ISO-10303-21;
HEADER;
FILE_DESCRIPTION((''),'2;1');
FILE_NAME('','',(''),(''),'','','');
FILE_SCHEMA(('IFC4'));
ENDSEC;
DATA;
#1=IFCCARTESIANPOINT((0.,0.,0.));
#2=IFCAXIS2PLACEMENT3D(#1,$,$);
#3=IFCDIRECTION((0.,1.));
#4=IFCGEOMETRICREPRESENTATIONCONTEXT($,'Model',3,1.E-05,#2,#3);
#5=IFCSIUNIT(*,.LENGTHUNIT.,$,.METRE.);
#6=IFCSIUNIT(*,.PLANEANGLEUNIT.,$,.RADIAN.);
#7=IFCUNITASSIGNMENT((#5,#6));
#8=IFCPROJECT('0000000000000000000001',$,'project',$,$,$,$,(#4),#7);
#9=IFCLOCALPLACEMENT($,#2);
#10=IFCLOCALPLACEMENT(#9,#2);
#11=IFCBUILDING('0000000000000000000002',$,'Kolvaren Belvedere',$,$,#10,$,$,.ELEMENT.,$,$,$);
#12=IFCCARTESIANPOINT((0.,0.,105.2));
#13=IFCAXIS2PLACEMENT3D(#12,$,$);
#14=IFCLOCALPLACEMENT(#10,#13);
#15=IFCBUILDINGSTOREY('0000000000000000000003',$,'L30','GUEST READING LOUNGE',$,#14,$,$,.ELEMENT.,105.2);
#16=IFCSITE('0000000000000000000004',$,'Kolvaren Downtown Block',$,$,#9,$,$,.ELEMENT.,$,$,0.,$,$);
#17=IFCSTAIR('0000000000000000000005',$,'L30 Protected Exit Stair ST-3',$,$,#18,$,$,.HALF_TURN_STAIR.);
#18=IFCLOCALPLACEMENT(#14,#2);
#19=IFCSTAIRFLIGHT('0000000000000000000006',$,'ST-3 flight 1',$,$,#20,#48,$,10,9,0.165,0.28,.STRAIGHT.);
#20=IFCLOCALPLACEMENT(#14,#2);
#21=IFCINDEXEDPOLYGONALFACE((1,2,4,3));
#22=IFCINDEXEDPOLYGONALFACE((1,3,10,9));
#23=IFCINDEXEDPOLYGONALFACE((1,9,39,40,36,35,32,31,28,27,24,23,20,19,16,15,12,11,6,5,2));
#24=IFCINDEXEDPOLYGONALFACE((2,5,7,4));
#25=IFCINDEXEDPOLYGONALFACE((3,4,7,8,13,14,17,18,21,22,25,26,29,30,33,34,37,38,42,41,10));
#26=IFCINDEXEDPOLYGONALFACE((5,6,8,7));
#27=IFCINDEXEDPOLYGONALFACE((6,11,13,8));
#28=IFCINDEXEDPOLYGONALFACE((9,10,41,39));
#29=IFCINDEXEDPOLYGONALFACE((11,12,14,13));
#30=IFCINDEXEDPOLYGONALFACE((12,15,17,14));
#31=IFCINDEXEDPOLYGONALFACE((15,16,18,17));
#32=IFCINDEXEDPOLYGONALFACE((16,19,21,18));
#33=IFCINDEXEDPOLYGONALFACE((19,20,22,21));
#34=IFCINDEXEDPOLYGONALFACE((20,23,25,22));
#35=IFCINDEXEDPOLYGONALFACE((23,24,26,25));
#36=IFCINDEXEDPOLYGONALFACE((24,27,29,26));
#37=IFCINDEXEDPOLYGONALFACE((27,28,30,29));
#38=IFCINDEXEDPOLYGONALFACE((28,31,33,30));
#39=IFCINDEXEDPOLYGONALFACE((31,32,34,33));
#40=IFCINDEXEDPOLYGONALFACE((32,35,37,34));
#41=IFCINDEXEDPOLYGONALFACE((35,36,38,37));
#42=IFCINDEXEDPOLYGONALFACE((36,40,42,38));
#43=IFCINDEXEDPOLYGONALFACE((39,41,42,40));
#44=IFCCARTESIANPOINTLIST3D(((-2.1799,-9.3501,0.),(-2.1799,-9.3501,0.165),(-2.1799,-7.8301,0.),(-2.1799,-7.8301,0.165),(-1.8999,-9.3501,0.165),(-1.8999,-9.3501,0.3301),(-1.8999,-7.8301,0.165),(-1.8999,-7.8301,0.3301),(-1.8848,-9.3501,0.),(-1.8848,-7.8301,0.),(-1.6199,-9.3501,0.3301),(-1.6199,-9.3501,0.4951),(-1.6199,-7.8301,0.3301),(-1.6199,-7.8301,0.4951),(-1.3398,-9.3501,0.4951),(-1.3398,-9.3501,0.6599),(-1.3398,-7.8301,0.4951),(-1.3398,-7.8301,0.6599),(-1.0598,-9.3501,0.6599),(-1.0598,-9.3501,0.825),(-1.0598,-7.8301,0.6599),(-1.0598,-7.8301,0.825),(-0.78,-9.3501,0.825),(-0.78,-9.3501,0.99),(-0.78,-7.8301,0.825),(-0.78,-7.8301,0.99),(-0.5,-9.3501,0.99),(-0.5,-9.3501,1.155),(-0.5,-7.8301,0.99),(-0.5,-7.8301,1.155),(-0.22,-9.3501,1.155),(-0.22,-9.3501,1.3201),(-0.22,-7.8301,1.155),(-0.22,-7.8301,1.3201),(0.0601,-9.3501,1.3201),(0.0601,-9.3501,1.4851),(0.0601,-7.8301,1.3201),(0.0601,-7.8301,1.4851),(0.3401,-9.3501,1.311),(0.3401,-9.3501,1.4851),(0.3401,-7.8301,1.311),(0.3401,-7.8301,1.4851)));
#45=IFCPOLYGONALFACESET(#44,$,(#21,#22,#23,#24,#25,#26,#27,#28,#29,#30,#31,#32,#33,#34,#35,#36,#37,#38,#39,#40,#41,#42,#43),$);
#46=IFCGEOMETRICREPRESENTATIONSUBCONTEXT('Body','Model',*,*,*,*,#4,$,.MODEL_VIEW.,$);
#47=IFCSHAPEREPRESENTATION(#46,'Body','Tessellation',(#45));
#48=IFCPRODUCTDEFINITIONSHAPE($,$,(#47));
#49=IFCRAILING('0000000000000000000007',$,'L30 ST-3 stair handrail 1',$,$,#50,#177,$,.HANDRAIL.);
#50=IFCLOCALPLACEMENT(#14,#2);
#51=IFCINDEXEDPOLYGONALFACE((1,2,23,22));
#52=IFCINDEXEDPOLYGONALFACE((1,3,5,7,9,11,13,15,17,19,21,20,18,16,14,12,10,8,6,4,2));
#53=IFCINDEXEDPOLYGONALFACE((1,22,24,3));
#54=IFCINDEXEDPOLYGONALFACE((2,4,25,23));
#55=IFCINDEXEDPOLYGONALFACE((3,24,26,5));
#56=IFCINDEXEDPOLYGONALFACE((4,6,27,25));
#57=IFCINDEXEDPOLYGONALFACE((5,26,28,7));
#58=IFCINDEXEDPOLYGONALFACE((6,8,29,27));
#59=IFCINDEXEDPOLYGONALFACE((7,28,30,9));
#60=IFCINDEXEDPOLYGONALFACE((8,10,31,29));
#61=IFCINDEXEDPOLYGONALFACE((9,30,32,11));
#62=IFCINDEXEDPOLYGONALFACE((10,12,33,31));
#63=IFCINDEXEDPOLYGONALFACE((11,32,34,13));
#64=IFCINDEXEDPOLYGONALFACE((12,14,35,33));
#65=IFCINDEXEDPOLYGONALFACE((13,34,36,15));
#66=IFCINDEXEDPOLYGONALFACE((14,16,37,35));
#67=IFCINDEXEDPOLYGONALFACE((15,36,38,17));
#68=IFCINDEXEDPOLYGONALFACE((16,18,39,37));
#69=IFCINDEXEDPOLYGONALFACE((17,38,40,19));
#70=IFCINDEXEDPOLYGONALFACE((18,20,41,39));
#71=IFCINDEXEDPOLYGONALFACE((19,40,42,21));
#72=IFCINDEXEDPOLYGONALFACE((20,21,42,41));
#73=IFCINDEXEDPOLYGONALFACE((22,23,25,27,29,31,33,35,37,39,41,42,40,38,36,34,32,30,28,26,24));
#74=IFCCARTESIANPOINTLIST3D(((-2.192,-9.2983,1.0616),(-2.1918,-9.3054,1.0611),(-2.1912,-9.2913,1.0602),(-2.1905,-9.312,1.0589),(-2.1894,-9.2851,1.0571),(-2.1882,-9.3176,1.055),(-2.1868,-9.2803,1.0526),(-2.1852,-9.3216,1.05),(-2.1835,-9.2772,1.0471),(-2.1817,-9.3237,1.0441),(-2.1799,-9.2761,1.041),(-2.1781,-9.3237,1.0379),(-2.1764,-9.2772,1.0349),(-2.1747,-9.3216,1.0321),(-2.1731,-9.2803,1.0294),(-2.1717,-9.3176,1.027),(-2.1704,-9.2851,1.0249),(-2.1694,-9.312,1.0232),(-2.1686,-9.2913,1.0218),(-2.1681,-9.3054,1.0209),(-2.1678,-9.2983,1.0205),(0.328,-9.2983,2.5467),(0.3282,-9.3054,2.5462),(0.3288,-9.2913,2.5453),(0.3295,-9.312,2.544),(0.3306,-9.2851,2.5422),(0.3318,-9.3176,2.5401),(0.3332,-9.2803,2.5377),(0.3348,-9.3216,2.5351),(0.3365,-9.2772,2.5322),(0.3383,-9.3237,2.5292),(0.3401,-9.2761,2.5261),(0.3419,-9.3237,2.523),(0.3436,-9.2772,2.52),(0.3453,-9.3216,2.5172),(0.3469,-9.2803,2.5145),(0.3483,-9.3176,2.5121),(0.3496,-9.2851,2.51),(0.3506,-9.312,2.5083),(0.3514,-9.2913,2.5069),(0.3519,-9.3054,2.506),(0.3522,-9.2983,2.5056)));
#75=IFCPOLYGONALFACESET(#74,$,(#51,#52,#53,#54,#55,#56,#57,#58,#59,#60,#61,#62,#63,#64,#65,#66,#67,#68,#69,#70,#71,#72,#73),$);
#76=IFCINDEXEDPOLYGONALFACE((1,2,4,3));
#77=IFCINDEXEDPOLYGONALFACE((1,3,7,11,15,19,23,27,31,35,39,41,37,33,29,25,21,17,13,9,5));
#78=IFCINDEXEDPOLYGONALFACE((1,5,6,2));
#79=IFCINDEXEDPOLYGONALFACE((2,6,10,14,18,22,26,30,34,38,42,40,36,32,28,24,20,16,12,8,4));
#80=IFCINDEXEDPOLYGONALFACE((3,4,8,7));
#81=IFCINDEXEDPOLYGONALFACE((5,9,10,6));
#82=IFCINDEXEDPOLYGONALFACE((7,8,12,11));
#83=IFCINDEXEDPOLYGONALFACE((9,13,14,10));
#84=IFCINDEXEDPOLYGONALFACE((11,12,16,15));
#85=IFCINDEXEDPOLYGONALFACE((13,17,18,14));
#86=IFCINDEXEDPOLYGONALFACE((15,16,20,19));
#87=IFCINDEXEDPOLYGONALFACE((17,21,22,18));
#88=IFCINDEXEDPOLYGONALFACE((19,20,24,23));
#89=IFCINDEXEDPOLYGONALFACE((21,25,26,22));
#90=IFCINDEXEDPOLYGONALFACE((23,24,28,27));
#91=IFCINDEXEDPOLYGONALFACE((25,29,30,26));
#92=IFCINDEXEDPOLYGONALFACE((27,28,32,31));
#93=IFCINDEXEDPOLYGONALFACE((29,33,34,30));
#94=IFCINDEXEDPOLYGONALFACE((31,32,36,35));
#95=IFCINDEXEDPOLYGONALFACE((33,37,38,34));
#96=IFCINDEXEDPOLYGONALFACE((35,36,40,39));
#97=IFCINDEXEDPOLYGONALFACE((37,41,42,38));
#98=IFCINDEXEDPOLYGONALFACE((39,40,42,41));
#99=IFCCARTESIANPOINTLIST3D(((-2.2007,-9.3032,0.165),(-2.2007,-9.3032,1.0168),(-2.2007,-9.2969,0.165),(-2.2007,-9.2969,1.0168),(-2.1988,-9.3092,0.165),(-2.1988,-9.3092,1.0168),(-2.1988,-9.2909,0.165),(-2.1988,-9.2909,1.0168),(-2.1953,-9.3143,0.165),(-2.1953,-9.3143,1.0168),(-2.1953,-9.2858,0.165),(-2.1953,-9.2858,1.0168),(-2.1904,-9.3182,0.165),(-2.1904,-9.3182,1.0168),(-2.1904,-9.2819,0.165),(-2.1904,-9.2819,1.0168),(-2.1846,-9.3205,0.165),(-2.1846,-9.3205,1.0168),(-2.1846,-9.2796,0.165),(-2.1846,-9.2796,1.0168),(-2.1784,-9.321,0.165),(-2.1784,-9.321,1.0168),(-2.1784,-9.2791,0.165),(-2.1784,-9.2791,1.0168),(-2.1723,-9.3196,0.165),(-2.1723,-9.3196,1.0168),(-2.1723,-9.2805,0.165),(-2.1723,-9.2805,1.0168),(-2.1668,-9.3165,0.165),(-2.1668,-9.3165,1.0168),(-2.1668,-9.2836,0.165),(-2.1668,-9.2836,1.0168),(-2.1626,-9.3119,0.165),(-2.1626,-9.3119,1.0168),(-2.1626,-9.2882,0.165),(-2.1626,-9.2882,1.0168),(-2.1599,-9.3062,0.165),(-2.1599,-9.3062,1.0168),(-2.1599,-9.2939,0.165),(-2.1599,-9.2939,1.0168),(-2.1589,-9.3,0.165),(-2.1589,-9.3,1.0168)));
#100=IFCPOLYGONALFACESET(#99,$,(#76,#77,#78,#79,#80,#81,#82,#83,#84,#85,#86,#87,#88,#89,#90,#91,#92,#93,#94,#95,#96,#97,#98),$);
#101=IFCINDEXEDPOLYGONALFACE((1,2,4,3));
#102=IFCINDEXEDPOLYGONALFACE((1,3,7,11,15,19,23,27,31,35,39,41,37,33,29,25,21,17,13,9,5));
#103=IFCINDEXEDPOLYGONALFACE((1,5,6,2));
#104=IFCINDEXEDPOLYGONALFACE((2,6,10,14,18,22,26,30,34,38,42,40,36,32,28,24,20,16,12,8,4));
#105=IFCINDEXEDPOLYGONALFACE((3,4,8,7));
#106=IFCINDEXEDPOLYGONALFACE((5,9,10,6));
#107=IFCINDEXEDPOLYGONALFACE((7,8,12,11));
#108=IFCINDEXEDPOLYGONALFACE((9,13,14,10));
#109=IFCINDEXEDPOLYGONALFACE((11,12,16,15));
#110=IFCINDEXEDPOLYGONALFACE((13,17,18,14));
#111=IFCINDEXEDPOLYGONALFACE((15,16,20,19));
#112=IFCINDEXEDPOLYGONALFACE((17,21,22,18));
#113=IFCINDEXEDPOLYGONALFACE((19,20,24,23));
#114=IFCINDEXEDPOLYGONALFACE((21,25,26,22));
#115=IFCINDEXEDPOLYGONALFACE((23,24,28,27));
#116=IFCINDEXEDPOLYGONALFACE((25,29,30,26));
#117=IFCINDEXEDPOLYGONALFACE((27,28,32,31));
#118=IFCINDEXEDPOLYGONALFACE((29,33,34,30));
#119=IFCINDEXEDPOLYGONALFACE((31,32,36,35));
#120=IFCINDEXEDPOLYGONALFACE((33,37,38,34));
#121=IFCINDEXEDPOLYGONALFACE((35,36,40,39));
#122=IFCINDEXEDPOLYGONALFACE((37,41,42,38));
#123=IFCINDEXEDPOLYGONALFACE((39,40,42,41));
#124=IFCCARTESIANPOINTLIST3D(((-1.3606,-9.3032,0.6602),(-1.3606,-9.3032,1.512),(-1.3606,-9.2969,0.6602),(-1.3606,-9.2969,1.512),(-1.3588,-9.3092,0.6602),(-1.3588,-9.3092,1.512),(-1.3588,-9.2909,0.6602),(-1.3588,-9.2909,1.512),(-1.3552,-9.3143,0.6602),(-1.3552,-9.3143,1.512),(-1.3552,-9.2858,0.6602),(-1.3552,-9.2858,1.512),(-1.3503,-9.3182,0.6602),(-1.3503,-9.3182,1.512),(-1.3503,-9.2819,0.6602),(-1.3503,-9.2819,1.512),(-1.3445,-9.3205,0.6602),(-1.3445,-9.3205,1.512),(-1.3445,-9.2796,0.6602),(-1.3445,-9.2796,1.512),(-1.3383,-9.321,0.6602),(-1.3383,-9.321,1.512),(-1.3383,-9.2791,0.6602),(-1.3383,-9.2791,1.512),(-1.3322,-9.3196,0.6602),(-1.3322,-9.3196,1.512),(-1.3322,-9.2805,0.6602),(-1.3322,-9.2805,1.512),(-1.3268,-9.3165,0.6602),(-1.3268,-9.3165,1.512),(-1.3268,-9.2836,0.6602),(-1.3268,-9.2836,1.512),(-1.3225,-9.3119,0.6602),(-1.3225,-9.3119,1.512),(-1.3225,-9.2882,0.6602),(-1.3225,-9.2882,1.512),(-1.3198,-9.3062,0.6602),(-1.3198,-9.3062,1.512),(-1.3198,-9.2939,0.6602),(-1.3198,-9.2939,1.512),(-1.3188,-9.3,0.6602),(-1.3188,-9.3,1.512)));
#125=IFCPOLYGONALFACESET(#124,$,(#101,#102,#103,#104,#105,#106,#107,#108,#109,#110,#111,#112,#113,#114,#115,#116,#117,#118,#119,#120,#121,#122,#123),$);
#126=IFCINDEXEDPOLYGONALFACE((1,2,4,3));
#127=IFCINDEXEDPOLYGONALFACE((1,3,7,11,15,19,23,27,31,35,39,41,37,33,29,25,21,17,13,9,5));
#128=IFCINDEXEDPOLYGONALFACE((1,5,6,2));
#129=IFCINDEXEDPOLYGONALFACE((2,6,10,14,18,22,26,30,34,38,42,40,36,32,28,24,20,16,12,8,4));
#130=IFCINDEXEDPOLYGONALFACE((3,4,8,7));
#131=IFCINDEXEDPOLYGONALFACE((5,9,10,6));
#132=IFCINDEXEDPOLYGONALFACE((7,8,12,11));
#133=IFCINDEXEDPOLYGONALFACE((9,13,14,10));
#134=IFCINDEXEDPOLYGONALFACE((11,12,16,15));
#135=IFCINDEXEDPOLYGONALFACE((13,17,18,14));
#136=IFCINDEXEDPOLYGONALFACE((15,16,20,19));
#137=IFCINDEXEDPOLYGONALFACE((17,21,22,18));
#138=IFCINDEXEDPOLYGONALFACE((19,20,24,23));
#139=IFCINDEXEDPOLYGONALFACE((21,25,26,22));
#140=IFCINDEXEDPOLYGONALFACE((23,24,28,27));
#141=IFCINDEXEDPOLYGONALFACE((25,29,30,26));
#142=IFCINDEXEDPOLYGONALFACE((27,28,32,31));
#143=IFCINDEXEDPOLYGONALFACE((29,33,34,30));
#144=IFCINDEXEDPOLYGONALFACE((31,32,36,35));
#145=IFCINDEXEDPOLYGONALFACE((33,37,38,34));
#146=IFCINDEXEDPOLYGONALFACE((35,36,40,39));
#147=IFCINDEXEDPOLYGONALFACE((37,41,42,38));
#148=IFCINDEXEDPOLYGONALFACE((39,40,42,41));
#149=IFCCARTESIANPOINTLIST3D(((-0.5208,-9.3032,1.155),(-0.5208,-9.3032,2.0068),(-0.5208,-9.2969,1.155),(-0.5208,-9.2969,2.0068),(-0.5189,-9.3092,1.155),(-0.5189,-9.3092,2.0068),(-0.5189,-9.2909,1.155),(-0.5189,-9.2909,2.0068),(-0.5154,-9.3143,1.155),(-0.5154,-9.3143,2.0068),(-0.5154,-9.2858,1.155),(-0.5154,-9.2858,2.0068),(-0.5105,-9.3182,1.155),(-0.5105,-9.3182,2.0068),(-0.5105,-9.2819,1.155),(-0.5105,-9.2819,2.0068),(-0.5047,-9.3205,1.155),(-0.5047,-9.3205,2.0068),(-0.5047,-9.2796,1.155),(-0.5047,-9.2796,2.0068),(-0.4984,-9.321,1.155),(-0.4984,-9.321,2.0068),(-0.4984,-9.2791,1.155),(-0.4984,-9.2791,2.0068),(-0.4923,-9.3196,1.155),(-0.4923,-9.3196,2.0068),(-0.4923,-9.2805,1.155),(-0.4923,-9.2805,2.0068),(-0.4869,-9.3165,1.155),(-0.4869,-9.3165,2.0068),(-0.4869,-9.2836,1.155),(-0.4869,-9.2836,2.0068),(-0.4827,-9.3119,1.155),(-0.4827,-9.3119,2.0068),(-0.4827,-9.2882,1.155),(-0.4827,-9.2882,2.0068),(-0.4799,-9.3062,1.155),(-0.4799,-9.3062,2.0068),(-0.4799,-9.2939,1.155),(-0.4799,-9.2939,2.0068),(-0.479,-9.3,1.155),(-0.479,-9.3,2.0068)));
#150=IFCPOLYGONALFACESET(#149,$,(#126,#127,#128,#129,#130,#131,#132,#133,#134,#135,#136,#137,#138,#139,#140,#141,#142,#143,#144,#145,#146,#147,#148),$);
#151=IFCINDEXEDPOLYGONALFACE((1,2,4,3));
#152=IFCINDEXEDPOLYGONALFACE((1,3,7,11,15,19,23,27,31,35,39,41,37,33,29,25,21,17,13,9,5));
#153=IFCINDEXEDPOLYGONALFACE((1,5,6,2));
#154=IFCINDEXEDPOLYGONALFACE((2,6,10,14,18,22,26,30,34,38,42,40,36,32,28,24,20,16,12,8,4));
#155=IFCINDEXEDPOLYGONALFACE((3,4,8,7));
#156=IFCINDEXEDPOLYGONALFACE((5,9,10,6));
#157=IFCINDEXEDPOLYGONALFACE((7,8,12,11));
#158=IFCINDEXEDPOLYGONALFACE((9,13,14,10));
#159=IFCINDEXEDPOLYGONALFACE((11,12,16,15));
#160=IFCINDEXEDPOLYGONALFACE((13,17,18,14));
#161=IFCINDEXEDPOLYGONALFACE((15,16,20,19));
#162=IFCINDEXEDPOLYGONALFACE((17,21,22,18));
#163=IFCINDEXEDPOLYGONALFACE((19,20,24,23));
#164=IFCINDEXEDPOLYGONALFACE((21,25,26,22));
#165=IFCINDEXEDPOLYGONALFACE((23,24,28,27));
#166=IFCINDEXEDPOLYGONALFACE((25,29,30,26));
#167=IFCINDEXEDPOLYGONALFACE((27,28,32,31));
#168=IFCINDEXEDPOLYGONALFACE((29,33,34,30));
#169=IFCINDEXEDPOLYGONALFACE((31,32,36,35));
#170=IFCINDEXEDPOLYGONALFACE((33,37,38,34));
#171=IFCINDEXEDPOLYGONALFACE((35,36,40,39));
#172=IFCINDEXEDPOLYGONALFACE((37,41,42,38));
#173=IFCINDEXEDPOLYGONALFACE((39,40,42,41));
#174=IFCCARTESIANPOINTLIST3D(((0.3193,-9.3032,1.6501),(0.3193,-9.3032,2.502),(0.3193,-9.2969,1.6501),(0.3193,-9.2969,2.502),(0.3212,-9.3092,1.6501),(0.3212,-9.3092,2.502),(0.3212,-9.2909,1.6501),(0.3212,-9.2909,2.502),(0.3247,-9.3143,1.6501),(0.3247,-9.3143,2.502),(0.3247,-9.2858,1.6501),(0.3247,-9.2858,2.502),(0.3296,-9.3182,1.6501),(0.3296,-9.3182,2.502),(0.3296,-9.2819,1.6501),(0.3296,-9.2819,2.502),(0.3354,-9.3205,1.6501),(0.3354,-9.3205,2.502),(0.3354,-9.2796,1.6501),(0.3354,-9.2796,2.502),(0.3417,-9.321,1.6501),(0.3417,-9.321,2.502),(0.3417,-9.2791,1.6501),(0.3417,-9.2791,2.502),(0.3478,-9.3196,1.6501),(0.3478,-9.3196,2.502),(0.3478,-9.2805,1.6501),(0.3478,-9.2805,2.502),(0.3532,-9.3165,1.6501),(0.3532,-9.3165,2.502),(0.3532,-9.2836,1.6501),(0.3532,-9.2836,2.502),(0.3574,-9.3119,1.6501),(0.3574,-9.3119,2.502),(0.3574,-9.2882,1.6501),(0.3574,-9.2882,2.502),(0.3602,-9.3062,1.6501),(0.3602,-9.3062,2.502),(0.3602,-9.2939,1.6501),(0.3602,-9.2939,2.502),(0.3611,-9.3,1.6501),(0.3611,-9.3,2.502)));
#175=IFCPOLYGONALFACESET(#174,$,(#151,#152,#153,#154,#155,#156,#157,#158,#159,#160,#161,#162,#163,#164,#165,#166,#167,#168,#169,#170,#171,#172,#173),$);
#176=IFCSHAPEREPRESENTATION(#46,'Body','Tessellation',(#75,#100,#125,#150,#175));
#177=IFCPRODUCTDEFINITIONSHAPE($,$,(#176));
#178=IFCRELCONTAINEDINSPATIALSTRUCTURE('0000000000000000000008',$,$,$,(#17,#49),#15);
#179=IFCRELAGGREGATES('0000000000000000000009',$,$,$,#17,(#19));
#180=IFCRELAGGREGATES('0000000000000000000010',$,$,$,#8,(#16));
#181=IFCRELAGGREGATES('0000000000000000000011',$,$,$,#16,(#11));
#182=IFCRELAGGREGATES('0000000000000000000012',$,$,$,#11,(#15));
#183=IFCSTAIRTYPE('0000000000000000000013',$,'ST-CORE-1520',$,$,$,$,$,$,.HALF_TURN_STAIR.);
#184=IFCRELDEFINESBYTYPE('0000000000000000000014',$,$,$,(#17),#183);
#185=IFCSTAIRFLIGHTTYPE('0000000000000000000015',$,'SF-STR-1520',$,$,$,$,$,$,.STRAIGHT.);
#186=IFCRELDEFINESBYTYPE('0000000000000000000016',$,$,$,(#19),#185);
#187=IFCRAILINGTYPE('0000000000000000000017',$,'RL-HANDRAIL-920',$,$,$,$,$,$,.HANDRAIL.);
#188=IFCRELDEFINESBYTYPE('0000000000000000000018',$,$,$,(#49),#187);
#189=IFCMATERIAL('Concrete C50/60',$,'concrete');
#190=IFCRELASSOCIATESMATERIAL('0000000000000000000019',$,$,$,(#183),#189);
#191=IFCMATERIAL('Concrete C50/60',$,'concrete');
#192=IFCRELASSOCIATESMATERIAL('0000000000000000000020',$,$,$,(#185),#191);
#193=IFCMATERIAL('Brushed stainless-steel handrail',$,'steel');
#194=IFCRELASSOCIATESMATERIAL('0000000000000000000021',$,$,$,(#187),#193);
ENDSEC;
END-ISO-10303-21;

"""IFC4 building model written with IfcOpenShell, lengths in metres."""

from ifc_helpers import new_model, si_unit, direction, frame, origin, origin_2d, place, context, subcontext, project, spatial, polyline, circle, outline, extrude, material, type_object, element, aggregate, save


model = new_model("IFC4")

# Units and contexts
model_context = context("Model", 3, precision=1e-05, world=origin(), true_north=direction((0.0, 1.0)))
body_context = subcontext(model_context, "Body", "Model", "MODEL_VIEW")
ifc_project = project(units=[si_unit("LENGTHUNIT", "METRE"), si_unit("PLANEANGLEUNIT", "RADIAN")], contexts=[model_context])

# Site, building, storey
site_placement = place(None, origin())
site = spatial("IfcSite", under=ifc_project, at=site_placement, Name="Kolvaren Downtown Block", CompositionType="ELEMENT", RefElevation=0.0)
building_placement = place(site_placement, origin())
building = spatial("IfcBuilding", under=site, at=building_placement, Name="Kolvaren Belvedere", CompositionType="ELEMENT")
storey_placement = place(building_placement, frame((0.0, 0.0, 105.2)))
storey = spatial("IfcBuildingStorey", under=building, at=storey_placement, Name="L30", Description="GUEST READING LOUNGE", CompositionType="ELEMENT", Elevation=105.2)

# Stair, stair flight
ifc_material_1 = material(Name="Concrete C50/60", Category="concrete")
stair_type = type_object("IfcStairType", Name="ST-CORE-1520", PredefinedType="HALF_TURN_STAIR", material=ifc_material_1)
stair_placement = place(storey_placement, origin())
stair = element("IfcStair", 1, at=stair_placement, inside=storey, type_object=stair_type, Name="L30 Protected Exit Stair ST-3", PredefinedType="HALF_TURN_STAIR")
ifc_material_2 = material(Name="Concrete C50/60", Category="concrete")
stair_flight_type = type_object("IfcStairFlightType", Name="SF-STR-1520", PredefinedType="STRAIGHT", material=ifc_material_2)
stair_flight_placement = place(storey_placement, frame((-2.1799, -8.5901, 0.0), z_axis=(0.0, 0.0, 1.0), x_axis=(1.0, 0.0, 0.0)))
stair_flight = element("IfcStairFlight", 2, at=stair_flight_placement, type_object=stair_flight_type, Name="ST-3 flight 1", NumberOfRisers=10, NumberOfTreads=9, PredefinedType="STRAIGHT", RiserHeight=0.165, TreadLength=0.28, context=body_context, shape_type="SweptSolid", body=[
    extrude(outline(polyline([(0.0, 0.0), (0.0, 0.165), (0.28, 0.165), (0.28, 0.3301), (0.5601, 0.3301), (0.5601, 0.4951), (0.8401, 0.4951), (0.8401, 0.6599), (1.1201, 0.6599), (1.1201, 0.825), (1.3999, 0.825), (1.3999, 0.99), (1.6799, 0.99), (1.6799, 1.155), (1.96, 1.155), (1.96, 1.3201), (2.24, 1.3201), (2.24, 1.4851), (2.52, 1.4851), (2.52, 1.6499), (2.52, 1.311), (0.2952, 0.0), (0.0, 0.0)])), frame((0.0, 0.76, 0.0), z_axis=(0.0, -1.0, 0.0), x_axis=(1.0, 0.0, 0.0)), (0.0, 0.0, 1.0), 1.52),
])
aggregate(stair, [stair_flight])

# Railing
ifc_material_3 = material(Name="Brushed stainless-steel handrail", Category="steel")
railing_type_1 = type_object("IfcRailingType", Name="RL-HANDRAIL-920", PredefinedType="HANDRAIL", material=ifc_material_3)
railing_1_placement = place(storey_placement, frame((-2.1799, -9.3, 0.165)))
element("IfcRailing", 3, at=railing_1_placement, inside=storey, type_object=railing_type_1, Name="L30 ST-3 stair handrail 1", PredefinedType="HANDRAIL", context=body_context, shape_type="SweptSolid", body=[
    extrude(circle(Radius=0.0239, at=origin_2d()), frame((0.0, 0.0, 0.876), z_axis=(0.861524, 0.0, 0.507717), x_axis=(0.0, 1.0, 0.0)), (0.0, 0.0, 1.0), 2.925),
    extrude(circle(Radius=0.021, at=origin_2d()), origin(), (0.0, 0.0, 1.0), 0.8518),
    extrude(circle(Radius=0.021, at=origin_2d()), frame((0.8401, 0.0, 0.4951)), (0.0, 0.0, 1.0), 0.8518),
    extrude(circle(Radius=0.021, at=origin_2d()), frame((1.6799, 0.0, 0.99)), (0.0, 0.0, 1.0), 0.8518),
    extrude(circle(Radius=0.021, at=origin_2d()), frame((2.52, 0.0, 1.4851)), (0.0, 0.0, 1.0), 0.8518),
])

save(model, "model.ifc")
